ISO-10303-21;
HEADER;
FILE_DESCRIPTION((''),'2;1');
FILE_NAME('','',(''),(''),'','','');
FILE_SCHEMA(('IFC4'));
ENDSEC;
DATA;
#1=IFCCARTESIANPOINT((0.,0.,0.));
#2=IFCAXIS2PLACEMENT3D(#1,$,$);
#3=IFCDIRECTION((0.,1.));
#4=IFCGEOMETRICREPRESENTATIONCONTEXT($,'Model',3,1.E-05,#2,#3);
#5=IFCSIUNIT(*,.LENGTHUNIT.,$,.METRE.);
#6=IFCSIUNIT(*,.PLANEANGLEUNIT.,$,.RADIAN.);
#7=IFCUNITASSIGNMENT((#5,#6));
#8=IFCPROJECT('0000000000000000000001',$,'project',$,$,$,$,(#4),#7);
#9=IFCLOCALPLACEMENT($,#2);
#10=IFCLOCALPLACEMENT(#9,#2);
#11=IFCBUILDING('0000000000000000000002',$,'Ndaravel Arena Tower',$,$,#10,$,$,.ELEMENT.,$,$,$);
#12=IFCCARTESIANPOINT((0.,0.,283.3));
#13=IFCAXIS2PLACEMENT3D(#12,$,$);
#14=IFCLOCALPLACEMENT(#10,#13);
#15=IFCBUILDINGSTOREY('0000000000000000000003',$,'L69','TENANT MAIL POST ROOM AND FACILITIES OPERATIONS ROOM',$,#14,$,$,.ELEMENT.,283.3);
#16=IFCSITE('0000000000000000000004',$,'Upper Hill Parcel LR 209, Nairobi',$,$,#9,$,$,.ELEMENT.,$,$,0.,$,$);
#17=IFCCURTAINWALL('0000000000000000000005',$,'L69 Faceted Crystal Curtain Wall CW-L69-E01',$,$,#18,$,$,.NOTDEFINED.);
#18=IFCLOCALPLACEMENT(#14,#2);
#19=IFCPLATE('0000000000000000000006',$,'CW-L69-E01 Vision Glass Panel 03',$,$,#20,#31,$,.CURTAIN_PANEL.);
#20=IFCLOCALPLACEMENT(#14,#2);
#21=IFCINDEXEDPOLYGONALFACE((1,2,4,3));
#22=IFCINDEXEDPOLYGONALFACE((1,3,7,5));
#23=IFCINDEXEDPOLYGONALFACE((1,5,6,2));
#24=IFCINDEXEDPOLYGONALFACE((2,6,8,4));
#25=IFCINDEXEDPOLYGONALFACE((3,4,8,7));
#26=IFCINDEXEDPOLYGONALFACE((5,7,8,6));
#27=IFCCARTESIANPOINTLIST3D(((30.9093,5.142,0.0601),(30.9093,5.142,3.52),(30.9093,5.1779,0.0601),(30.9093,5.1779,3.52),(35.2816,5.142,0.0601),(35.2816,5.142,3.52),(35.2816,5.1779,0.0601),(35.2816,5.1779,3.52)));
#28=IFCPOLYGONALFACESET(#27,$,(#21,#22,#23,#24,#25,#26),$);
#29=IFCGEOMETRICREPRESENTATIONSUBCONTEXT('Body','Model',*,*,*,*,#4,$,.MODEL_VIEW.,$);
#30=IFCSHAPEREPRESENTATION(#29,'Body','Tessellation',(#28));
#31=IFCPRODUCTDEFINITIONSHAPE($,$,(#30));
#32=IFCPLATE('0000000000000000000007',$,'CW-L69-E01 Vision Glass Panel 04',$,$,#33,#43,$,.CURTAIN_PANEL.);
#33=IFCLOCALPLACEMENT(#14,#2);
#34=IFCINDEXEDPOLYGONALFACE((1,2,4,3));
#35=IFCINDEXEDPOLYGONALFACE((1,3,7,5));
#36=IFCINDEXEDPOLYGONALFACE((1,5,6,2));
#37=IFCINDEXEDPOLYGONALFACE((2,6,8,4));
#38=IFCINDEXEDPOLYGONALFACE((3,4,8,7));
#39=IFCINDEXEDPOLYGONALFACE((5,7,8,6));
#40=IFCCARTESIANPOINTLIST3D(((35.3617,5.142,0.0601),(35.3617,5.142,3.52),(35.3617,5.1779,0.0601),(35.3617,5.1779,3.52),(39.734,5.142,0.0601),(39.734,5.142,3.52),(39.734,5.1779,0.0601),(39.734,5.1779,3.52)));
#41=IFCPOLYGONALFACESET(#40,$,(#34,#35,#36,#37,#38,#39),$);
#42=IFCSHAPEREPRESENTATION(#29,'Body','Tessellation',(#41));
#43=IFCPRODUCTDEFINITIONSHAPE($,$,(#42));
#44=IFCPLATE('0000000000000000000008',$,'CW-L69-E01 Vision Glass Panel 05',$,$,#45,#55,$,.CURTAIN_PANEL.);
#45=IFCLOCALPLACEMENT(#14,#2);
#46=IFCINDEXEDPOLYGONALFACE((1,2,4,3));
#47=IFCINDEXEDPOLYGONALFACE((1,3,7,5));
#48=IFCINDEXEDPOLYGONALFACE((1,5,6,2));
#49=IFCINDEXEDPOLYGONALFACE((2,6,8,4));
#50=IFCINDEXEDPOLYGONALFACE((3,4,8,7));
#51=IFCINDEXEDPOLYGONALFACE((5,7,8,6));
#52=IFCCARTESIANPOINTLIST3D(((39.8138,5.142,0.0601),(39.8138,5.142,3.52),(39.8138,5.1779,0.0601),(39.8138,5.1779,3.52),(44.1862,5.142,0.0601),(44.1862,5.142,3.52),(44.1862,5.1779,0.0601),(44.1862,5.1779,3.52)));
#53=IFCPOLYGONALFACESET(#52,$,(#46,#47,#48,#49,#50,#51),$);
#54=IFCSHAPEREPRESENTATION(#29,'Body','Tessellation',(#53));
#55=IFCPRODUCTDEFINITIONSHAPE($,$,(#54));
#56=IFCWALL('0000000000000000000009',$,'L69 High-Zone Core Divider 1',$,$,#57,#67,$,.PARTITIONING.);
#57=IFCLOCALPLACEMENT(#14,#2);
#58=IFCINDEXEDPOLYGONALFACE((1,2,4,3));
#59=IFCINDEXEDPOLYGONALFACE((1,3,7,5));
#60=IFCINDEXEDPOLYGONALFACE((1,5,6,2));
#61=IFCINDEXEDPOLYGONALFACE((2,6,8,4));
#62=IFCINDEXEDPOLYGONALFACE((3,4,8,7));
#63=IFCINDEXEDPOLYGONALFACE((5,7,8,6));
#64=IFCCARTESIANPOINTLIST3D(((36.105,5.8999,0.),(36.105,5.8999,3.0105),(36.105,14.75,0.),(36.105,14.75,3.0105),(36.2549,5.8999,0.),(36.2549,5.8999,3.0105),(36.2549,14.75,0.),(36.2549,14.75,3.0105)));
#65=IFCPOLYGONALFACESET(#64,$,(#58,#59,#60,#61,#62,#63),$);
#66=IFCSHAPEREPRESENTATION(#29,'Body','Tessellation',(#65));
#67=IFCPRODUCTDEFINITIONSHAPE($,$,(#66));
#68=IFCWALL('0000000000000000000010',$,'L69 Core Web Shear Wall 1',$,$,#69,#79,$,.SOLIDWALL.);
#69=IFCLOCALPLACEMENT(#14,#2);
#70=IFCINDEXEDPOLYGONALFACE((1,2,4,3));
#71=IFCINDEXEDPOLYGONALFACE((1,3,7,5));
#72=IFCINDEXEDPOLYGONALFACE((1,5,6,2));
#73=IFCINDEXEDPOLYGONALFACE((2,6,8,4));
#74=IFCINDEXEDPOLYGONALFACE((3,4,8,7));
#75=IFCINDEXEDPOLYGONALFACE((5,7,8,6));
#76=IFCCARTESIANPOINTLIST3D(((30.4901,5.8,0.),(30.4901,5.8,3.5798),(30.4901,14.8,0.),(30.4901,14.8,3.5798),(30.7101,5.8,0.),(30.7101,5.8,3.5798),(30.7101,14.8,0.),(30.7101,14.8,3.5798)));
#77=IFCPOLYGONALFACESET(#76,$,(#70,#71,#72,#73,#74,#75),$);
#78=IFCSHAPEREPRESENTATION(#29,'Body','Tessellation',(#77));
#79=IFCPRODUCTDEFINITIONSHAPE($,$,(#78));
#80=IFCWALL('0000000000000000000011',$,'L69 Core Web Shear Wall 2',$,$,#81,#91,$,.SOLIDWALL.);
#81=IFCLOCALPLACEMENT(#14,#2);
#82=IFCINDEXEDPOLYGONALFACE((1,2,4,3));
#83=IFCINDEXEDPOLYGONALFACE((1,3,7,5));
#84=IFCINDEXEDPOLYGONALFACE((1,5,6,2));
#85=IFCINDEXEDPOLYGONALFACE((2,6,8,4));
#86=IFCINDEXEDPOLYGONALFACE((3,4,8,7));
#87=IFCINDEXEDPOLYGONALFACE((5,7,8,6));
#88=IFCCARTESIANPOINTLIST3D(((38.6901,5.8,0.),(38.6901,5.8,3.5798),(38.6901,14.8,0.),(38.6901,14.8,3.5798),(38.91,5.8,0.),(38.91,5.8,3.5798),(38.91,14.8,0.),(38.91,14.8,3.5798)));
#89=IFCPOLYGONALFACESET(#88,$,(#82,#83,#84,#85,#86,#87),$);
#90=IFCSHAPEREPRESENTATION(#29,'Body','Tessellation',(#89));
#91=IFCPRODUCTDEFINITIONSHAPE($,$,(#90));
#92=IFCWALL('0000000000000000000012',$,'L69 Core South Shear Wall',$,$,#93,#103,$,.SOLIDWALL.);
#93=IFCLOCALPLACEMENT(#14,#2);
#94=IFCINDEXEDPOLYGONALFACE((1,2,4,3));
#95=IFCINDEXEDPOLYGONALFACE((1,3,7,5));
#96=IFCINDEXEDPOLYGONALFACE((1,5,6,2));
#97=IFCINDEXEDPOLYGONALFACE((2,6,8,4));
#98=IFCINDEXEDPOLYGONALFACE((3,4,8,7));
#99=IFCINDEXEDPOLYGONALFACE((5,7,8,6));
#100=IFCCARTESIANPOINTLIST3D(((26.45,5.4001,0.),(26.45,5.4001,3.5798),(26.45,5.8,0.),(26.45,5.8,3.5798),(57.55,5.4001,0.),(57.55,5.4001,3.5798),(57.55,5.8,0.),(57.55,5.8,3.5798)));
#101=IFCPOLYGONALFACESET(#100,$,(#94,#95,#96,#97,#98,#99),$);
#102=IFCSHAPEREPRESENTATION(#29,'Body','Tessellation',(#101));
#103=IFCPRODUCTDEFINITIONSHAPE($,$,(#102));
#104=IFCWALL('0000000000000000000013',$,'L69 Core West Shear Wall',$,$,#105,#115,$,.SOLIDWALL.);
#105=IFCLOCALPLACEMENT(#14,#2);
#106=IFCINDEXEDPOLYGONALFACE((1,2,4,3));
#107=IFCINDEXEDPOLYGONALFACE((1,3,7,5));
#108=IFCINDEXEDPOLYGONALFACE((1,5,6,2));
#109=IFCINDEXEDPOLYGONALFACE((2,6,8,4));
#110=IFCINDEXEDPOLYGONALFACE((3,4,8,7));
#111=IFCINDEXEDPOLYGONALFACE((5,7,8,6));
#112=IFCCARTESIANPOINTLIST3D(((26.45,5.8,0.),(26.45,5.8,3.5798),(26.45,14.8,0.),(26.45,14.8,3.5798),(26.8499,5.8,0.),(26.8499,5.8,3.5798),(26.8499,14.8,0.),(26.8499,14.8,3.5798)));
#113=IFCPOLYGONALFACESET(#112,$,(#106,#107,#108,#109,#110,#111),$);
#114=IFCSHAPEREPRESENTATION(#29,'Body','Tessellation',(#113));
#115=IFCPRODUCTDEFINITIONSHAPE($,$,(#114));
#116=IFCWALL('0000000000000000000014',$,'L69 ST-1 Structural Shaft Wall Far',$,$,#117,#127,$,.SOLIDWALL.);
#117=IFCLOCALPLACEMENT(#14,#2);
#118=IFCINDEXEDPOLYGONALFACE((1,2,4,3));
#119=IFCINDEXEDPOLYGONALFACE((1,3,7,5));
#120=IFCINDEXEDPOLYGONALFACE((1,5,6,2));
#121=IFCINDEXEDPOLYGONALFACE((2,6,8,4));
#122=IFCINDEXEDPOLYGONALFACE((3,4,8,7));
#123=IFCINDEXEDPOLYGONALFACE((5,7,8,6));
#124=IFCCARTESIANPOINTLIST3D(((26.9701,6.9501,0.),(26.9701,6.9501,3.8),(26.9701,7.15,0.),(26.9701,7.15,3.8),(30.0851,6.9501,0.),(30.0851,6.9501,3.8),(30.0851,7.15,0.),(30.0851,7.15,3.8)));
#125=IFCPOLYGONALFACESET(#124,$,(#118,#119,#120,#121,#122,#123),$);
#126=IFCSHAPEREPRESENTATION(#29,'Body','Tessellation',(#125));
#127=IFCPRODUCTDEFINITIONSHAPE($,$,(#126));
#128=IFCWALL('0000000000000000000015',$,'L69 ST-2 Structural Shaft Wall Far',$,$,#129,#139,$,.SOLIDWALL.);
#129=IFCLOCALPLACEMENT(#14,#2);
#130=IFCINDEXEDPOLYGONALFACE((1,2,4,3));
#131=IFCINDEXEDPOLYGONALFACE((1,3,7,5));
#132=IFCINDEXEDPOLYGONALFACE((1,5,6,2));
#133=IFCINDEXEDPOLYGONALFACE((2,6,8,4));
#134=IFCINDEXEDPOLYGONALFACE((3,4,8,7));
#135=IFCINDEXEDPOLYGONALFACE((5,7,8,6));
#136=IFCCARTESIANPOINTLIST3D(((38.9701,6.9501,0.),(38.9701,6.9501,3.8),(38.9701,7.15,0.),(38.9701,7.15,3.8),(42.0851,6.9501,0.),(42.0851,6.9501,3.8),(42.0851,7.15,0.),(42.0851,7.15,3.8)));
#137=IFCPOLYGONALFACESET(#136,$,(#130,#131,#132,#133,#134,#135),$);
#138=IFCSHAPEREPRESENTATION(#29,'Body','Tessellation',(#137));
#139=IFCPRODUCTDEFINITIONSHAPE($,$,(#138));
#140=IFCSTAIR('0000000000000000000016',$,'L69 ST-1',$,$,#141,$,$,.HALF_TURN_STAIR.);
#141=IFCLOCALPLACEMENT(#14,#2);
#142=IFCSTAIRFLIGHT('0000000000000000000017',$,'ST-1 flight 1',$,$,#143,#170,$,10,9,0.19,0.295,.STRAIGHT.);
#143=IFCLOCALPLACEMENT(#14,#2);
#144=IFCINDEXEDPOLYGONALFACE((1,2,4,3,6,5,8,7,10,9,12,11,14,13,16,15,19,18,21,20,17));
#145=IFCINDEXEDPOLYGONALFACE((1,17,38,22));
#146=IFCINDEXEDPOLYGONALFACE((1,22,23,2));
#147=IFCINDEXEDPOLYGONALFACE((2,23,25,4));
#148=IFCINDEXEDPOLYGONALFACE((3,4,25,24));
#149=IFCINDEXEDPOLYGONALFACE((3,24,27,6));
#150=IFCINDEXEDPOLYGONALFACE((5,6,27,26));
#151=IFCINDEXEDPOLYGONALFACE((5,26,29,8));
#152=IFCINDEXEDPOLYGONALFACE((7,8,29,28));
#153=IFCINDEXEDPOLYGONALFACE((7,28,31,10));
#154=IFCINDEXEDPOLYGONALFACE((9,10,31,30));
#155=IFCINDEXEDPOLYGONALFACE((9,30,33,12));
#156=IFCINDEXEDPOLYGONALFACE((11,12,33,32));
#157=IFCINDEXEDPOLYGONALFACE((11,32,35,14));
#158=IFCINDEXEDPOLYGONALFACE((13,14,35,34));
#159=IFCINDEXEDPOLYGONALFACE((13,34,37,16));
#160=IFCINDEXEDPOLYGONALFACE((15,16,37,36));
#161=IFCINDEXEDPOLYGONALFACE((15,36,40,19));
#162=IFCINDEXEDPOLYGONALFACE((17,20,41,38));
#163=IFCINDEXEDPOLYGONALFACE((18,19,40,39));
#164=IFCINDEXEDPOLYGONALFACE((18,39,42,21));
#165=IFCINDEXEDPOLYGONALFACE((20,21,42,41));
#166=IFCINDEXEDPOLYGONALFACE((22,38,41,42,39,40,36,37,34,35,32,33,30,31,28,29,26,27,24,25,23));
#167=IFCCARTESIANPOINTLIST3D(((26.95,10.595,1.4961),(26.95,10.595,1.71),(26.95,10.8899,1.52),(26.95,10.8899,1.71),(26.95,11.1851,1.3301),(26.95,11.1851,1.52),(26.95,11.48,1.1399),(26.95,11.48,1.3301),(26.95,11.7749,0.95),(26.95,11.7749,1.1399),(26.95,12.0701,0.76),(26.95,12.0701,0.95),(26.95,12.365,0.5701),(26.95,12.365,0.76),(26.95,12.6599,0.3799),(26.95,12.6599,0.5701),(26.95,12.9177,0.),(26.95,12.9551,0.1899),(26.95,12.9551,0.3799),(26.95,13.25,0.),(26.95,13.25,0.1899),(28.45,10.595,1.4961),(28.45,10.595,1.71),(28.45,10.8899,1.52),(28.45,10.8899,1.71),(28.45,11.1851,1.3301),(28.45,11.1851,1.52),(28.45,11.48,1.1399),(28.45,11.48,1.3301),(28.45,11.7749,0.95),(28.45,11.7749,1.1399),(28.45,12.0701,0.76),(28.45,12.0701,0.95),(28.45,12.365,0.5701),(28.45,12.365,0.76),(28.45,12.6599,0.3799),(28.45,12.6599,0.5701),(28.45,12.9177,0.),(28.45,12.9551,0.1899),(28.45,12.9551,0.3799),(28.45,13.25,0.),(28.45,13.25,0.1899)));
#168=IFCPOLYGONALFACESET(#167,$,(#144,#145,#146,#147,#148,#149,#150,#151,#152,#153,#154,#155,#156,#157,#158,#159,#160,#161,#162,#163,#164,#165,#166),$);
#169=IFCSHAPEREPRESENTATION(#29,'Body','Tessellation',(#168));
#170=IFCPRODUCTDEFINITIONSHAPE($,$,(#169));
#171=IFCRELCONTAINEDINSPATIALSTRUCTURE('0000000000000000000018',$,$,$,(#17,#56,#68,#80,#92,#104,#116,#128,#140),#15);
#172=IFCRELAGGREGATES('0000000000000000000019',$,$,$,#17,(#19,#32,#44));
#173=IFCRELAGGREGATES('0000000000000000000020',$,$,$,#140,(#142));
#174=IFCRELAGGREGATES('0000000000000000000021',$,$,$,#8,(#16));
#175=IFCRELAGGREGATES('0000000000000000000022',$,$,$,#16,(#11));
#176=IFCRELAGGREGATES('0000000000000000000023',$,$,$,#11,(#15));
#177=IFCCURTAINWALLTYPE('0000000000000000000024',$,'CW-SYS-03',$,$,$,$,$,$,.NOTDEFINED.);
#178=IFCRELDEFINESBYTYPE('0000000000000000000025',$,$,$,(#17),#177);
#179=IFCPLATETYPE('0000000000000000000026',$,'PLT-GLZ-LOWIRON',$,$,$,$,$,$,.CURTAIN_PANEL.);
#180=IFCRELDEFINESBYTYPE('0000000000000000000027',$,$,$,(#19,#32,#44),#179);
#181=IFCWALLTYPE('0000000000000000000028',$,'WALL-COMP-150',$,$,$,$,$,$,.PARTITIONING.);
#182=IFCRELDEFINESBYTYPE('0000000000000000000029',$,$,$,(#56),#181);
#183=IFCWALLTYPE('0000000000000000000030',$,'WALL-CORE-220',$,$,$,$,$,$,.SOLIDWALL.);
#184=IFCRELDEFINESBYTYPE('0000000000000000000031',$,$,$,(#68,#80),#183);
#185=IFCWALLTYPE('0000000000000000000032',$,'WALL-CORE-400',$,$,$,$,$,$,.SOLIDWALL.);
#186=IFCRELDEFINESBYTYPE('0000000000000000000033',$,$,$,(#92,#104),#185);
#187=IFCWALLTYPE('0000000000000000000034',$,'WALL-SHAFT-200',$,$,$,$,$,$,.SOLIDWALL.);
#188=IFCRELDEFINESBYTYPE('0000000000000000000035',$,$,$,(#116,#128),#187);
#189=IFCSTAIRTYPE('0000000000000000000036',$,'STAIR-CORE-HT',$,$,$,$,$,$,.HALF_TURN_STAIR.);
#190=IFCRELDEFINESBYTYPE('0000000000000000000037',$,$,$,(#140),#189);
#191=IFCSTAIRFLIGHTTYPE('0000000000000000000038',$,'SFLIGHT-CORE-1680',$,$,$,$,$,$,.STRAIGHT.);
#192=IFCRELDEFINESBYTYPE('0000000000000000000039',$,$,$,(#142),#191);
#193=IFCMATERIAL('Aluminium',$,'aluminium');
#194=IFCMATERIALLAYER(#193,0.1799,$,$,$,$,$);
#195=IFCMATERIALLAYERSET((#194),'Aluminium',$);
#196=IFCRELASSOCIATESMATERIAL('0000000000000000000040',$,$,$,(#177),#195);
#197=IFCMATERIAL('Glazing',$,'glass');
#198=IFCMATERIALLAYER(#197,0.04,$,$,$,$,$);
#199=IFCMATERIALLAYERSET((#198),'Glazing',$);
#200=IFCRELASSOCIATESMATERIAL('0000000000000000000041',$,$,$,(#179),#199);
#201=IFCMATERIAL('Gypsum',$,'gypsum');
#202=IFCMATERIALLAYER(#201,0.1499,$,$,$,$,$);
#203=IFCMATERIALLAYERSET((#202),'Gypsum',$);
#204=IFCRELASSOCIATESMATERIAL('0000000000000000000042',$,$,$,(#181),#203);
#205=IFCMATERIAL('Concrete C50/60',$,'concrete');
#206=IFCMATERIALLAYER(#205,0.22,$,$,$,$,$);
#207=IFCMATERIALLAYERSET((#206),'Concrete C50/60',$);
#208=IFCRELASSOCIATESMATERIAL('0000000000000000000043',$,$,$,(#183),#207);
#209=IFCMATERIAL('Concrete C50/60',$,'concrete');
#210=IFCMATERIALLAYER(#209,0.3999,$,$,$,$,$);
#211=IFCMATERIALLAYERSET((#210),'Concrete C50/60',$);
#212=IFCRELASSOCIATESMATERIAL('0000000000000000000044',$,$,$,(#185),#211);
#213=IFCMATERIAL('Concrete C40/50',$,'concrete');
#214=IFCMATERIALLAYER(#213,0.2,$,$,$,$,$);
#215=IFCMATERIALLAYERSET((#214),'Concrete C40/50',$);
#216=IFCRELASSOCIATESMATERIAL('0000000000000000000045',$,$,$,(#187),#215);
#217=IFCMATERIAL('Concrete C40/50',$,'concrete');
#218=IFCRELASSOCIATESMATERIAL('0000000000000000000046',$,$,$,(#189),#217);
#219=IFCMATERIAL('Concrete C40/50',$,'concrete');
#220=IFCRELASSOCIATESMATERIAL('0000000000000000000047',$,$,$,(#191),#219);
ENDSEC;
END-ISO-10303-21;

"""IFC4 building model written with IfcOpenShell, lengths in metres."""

from ifc_helpers import new_model, si_unit, direction, frame, frame_2d, origin, origin_2d, place, context, subcontext, project, spatial, polyline, rectangle, outline, extrude, material, layer, layer_set, type_object, element, aggregate, save


model = new_model("IFC4")

# Units and contexts
model_context = context("Model", 3, precision=1e-05, world=origin(), true_north=direction((0.0, 1.0)))
body_context = subcontext(model_context, "Body", "Model", "MODEL_VIEW")
ifc_project = project(units=[si_unit("LENGTHUNIT", "METRE"), si_unit("PLANEANGLEUNIT", "RADIAN")], contexts=[model_context])

# Site, building, storey
site_placement = place(None, origin())
site = spatial("IfcSite", under=ifc_project, at=site_placement, Name="Upper Hill Parcel LR 209, Nairobi", CompositionType="ELEMENT", RefElevation=0.0)
building_placement = place(site_placement, origin())
building = spatial("IfcBuilding", under=site, at=building_placement, Name="Ndaravel Arena Tower", CompositionType="ELEMENT")
storey_placement = place(building_placement, frame((0.0, 0.0, 283.3)))
storey = spatial("IfcBuildingStorey", under=building, at=storey_placement, Name="L69", Description="TENANT MAIL POST ROOM AND FACILITIES OPERATIONS ROOM", CompositionType="ELEMENT", Elevation=283.3)

# Curtain wall, plates
ifc_material_1 = material(Name="Aluminium", Category="aluminium")
ifc_layer_1 = layer(ifc_material_1, 0.1799)
ifc_layer_set_1 = layer_set([ifc_layer_1], Name="Aluminium")
curtain_wall_type = type_object("IfcCurtainWallType", Name="CW-SYS-03", PredefinedType="NOTDEFINED", material=ifc_layer_set_1)
curtain_wall_placement = place(storey_placement, origin())
curtain_wall = element("IfcCurtainWall", 1, at=curtain_wall_placement, inside=storey, type_object=curtain_wall_type, Name="L69 Faceted Crystal Curtain Wall CW-L69-E01", PredefinedType="NOTDEFINED")
ifc_material_2 = material(Name="Glazing", Category="glass")
ifc_layer_2 = layer(ifc_material_2, 0.04)
ifc_layer_set_2 = layer_set([ifc_layer_2], Name="Glazing")
plate_type = type_object("IfcPlateType", Name="PLT-GLZ-LOWIRON", PredefinedType="CURTAIN_PANEL", material=ifc_layer_set_2)
plate_1_placement = place(storey_placement, frame((33.0955, 5.1599, 0.0601), z_axis=(0.0, 0.0, 1.0), x_axis=(1.0, 0.0, 0.0)))
plate_1 = element("IfcPlate", 2, at=plate_1_placement, type_object=plate_type, Name="CW-L69-E01 Vision Glass Panel 03", PredefinedType="CURTAIN_PANEL", context=body_context, shape_type="SweptSolid", body=[
    extrude(rectangle(XDim=4.3723, YDim=0.0359, at=origin_2d()), origin(), (0.0, 0.0, 1.0), 3.46),
])
plate_2_placement = place(storey_placement, frame((37.5479, 5.1599, 0.0601), z_axis=(0.0, 0.0, 1.0), x_axis=(1.0, 0.0, 0.0)))
plate_2 = element("IfcPlate", 3, at=plate_2_placement, type_object=plate_type, Name="CW-L69-E01 Vision Glass Panel 04", PredefinedType="CURTAIN_PANEL", context=body_context, shape_type="SweptSolid", body=[
    extrude(rectangle(XDim=4.3723, YDim=0.0359, at=origin_2d()), origin(), (0.0, 0.0, 1.0), 3.46),
])
plate_3_placement = place(storey_placement, frame((42.0, 5.1599, 0.0601), z_axis=(0.0, 0.0, 1.0), x_axis=(1.0, 0.0, 0.0)))
plate_3 = element("IfcPlate", 4, at=plate_3_placement, type_object=plate_type, Name="CW-L69-E01 Vision Glass Panel 05", PredefinedType="CURTAIN_PANEL", context=body_context, shape_type="SweptSolid", body=[
    extrude(rectangle(XDim=4.3723, YDim=0.0359, at=origin_2d()), origin(), (0.0, 0.0, 1.0), 3.46),
])
aggregate(curtain_wall, [plate_1, plate_2, plate_3])

# Walls
ifc_material_3 = material(Name="Gypsum", Category="gypsum")
ifc_layer_3 = layer(ifc_material_3, 0.1499)
ifc_layer_set_3 = layer_set([ifc_layer_3], Name="Gypsum")
wall_type_1 = type_object("IfcWallType", Name="WALL-COMP-150", PredefinedType="PARTITIONING", material=ifc_layer_set_3)
wall_1_placement = place(storey_placement, frame((36.1799, 5.8999, 0.0), z_axis=(0.0, 0.0, 1.0), x_axis=(0.0, 1.0, 0.0)))
element("IfcWall", 5, at=wall_1_placement, inside=storey, type_object=wall_type_1, Name="L69 High-Zone Core Divider 1", PredefinedType="PARTITIONING", context=body_context, shape_type="SweptSolid", body=[
    extrude(rectangle(XDim=8.8501, YDim=0.1499, at=frame_2d((4.425, 0.0))), origin(), (0.0, 0.0, 1.0), 3.0105),
])
ifc_material_4 = material(Name="Concrete C50/60", Category="concrete")
ifc_layer_4 = layer(ifc_material_4, 0.22)
ifc_layer_set_4 = layer_set([ifc_layer_4], Name="Concrete C50/60")
wall_type_2 = type_object("IfcWallType", Name="WALL-CORE-220", PredefinedType="SOLIDWALL", material=ifc_layer_set_4)
for number, where, z_axis, x_axis, name in (
    (6, (30.6001, 5.8, 0.0), (0.0, 0.0, 1.0), (0.0, 1.0, 0.0), "L69 Core Web Shear Wall 1"),
    (7, (38.8, 5.8, 0.0), (0.0, 0.0, 1.0), (0.0, 1.0, 0.0), "L69 Core Web Shear Wall 2"),
):
    element("IfcWall", number, at=place(storey_placement, frame(where, z_axis=z_axis, x_axis=x_axis)), inside=storey, type_object=wall_type_2, Name=name, PredefinedType="SOLIDWALL", context=body_context, shape_type="SweptSolid", body=[
        extrude(rectangle(XDim=9.0, YDim=0.22, at=frame_2d((4.5, 0.0))), origin(), (0.0, 0.0, 1.0), 3.5798),
    ])
ifc_material_5 = material(Name="Concrete C50/60", Category="concrete")
ifc_layer_5 = layer(ifc_material_5, 0.3999)
ifc_layer_set_5 = layer_set([ifc_layer_5], Name="Concrete C50/60")
wall_type_3 = type_object("IfcWallType", Name="WALL-CORE-400", PredefinedType="SOLIDWALL", material=ifc_layer_set_5)
wall_2_placement = place(storey_placement, frame((26.45, 5.6001, 0.0), z_axis=(0.0, 0.0, 1.0), x_axis=(1.0, 0.0, 0.0)))
element("IfcWall", 8, at=wall_2_placement, inside=storey, type_object=wall_type_3, Name="L69 Core South Shear Wall", PredefinedType="SOLIDWALL", context=body_context, shape_type="SweptSolid", body=[
    extrude(rectangle(XDim=31.1001, YDim=0.3999, at=frame_2d((15.55, 0.0))), origin(), (0.0, 0.0, 1.0), 3.5798),
])
wall_3_placement = place(storey_placement, frame((26.6499, 5.8, 0.0), z_axis=(0.0, 0.0, 1.0), x_axis=(0.0, 1.0, 0.0)))
element("IfcWall", 9, at=wall_3_placement, inside=storey, type_object=wall_type_3, Name="L69 Core West Shear Wall", PredefinedType="SOLIDWALL", context=body_context, shape_type="SweptSolid", body=[
    extrude(rectangle(XDim=9.0, YDim=0.3999, at=frame_2d((4.5, 0.0))), origin(), (0.0, 0.0, 1.0), 3.5798),
])
ifc_material_6 = material(Name="Concrete C40/50", Category="concrete")
ifc_layer_6 = layer(ifc_material_6, 0.2)
ifc_layer_set_6 = layer_set([ifc_layer_6], Name="Concrete C40/50")
wall_type_4 = type_object("IfcWallType", Name="WALL-SHAFT-200", PredefinedType="SOLIDWALL", material=ifc_layer_set_6)
for number, where, z_axis, x_axis, name in (
    (10, (26.97, 7.05, 0.0), (0.0, 0.0, 1.0), (1.0, 0.0, 0.0), "L69 ST-1 Structural Shaft Wall Far"),
    (11, (38.97, 7.05, 0.0), (0.0, 0.0, 1.0), (1.0, 0.0, 0.0), "L69 ST-2 Structural Shaft Wall Far"),
):
    element("IfcWall", number, at=place(storey_placement, frame(where, z_axis=z_axis, x_axis=x_axis)), inside=storey, type_object=wall_type_4, Name=name, PredefinedType="SOLIDWALL", context=body_context, shape_type="SweptSolid", body=[
        extrude(rectangle(XDim=3.115, YDim=0.2, at=frame_2d((1.5576, 0.0))), origin(), (0.0, 0.0, 1.0), 3.8),
    ])

# Stair, stair flight
ifc_material_7 = material(Name="Concrete C40/50", Category="concrete")
stair_type = type_object("IfcStairType", Name="STAIR-CORE-HT", PredefinedType="HALF_TURN_STAIR", material=ifc_material_7)
stair_1_placement = place(storey_placement, origin())
stair_1 = element("IfcStair", 12, at=stair_1_placement, inside=storey, type_object=stair_type, Name="L69 ST-1", PredefinedType="HALF_TURN_STAIR")
ifc_material_8 = material(Name="Concrete C40/50", Category="concrete")
stair_flight_type = type_object("IfcStairFlightType", Name="SFLIGHT-CORE-1680", PredefinedType="STRAIGHT", material=ifc_material_8)
stair_flight_1_placement = place(storey_placement, frame((27.7, 13.25, 0.0), z_axis=(0.0, 0.0, 1.0), x_axis=(0.0, -1.0, 0.0)))
stair_flight_1 = element("IfcStairFlight", 13, at=stair_flight_1_placement, type_object=stair_flight_type, Name="ST-1 flight 1", NumberOfRisers=10, NumberOfTreads=9, PredefinedType="STRAIGHT", RiserHeight=0.19, TreadLength=0.295, context=body_context, shape_type="SweptSolid", body=[
    extrude(outline(polyline([(0.0, 0.0), (0.0, 0.1899), (0.2949, 0.1899), (0.2949, 0.3799), (0.5901, 0.3799), (0.5901, 0.5701), (0.885, 0.5701), (0.885, 0.76), (1.1799, 0.76), (1.1799, 0.95), (1.4751, 0.95), (1.4751, 1.1399), (1.77, 1.1399), (1.77, 1.3301), (2.0649, 1.3301), (2.0649, 1.52), (2.3601, 1.52), (2.3601, 1.71), (2.655, 1.71), (2.655, 1.8999), (2.655, 1.4961), (0.3323, 0.0), (0.0, 0.0)])), frame((0.0, 0.75, 0.0), z_axis=(0.0, -1.0, 0.0), x_axis=(1.0, 0.0, 0.0)), (0.0, 0.0, 1.0), 1.5),
])
aggregate(stair_1, [stair_flight_1])

save(model, "model.ifc")
